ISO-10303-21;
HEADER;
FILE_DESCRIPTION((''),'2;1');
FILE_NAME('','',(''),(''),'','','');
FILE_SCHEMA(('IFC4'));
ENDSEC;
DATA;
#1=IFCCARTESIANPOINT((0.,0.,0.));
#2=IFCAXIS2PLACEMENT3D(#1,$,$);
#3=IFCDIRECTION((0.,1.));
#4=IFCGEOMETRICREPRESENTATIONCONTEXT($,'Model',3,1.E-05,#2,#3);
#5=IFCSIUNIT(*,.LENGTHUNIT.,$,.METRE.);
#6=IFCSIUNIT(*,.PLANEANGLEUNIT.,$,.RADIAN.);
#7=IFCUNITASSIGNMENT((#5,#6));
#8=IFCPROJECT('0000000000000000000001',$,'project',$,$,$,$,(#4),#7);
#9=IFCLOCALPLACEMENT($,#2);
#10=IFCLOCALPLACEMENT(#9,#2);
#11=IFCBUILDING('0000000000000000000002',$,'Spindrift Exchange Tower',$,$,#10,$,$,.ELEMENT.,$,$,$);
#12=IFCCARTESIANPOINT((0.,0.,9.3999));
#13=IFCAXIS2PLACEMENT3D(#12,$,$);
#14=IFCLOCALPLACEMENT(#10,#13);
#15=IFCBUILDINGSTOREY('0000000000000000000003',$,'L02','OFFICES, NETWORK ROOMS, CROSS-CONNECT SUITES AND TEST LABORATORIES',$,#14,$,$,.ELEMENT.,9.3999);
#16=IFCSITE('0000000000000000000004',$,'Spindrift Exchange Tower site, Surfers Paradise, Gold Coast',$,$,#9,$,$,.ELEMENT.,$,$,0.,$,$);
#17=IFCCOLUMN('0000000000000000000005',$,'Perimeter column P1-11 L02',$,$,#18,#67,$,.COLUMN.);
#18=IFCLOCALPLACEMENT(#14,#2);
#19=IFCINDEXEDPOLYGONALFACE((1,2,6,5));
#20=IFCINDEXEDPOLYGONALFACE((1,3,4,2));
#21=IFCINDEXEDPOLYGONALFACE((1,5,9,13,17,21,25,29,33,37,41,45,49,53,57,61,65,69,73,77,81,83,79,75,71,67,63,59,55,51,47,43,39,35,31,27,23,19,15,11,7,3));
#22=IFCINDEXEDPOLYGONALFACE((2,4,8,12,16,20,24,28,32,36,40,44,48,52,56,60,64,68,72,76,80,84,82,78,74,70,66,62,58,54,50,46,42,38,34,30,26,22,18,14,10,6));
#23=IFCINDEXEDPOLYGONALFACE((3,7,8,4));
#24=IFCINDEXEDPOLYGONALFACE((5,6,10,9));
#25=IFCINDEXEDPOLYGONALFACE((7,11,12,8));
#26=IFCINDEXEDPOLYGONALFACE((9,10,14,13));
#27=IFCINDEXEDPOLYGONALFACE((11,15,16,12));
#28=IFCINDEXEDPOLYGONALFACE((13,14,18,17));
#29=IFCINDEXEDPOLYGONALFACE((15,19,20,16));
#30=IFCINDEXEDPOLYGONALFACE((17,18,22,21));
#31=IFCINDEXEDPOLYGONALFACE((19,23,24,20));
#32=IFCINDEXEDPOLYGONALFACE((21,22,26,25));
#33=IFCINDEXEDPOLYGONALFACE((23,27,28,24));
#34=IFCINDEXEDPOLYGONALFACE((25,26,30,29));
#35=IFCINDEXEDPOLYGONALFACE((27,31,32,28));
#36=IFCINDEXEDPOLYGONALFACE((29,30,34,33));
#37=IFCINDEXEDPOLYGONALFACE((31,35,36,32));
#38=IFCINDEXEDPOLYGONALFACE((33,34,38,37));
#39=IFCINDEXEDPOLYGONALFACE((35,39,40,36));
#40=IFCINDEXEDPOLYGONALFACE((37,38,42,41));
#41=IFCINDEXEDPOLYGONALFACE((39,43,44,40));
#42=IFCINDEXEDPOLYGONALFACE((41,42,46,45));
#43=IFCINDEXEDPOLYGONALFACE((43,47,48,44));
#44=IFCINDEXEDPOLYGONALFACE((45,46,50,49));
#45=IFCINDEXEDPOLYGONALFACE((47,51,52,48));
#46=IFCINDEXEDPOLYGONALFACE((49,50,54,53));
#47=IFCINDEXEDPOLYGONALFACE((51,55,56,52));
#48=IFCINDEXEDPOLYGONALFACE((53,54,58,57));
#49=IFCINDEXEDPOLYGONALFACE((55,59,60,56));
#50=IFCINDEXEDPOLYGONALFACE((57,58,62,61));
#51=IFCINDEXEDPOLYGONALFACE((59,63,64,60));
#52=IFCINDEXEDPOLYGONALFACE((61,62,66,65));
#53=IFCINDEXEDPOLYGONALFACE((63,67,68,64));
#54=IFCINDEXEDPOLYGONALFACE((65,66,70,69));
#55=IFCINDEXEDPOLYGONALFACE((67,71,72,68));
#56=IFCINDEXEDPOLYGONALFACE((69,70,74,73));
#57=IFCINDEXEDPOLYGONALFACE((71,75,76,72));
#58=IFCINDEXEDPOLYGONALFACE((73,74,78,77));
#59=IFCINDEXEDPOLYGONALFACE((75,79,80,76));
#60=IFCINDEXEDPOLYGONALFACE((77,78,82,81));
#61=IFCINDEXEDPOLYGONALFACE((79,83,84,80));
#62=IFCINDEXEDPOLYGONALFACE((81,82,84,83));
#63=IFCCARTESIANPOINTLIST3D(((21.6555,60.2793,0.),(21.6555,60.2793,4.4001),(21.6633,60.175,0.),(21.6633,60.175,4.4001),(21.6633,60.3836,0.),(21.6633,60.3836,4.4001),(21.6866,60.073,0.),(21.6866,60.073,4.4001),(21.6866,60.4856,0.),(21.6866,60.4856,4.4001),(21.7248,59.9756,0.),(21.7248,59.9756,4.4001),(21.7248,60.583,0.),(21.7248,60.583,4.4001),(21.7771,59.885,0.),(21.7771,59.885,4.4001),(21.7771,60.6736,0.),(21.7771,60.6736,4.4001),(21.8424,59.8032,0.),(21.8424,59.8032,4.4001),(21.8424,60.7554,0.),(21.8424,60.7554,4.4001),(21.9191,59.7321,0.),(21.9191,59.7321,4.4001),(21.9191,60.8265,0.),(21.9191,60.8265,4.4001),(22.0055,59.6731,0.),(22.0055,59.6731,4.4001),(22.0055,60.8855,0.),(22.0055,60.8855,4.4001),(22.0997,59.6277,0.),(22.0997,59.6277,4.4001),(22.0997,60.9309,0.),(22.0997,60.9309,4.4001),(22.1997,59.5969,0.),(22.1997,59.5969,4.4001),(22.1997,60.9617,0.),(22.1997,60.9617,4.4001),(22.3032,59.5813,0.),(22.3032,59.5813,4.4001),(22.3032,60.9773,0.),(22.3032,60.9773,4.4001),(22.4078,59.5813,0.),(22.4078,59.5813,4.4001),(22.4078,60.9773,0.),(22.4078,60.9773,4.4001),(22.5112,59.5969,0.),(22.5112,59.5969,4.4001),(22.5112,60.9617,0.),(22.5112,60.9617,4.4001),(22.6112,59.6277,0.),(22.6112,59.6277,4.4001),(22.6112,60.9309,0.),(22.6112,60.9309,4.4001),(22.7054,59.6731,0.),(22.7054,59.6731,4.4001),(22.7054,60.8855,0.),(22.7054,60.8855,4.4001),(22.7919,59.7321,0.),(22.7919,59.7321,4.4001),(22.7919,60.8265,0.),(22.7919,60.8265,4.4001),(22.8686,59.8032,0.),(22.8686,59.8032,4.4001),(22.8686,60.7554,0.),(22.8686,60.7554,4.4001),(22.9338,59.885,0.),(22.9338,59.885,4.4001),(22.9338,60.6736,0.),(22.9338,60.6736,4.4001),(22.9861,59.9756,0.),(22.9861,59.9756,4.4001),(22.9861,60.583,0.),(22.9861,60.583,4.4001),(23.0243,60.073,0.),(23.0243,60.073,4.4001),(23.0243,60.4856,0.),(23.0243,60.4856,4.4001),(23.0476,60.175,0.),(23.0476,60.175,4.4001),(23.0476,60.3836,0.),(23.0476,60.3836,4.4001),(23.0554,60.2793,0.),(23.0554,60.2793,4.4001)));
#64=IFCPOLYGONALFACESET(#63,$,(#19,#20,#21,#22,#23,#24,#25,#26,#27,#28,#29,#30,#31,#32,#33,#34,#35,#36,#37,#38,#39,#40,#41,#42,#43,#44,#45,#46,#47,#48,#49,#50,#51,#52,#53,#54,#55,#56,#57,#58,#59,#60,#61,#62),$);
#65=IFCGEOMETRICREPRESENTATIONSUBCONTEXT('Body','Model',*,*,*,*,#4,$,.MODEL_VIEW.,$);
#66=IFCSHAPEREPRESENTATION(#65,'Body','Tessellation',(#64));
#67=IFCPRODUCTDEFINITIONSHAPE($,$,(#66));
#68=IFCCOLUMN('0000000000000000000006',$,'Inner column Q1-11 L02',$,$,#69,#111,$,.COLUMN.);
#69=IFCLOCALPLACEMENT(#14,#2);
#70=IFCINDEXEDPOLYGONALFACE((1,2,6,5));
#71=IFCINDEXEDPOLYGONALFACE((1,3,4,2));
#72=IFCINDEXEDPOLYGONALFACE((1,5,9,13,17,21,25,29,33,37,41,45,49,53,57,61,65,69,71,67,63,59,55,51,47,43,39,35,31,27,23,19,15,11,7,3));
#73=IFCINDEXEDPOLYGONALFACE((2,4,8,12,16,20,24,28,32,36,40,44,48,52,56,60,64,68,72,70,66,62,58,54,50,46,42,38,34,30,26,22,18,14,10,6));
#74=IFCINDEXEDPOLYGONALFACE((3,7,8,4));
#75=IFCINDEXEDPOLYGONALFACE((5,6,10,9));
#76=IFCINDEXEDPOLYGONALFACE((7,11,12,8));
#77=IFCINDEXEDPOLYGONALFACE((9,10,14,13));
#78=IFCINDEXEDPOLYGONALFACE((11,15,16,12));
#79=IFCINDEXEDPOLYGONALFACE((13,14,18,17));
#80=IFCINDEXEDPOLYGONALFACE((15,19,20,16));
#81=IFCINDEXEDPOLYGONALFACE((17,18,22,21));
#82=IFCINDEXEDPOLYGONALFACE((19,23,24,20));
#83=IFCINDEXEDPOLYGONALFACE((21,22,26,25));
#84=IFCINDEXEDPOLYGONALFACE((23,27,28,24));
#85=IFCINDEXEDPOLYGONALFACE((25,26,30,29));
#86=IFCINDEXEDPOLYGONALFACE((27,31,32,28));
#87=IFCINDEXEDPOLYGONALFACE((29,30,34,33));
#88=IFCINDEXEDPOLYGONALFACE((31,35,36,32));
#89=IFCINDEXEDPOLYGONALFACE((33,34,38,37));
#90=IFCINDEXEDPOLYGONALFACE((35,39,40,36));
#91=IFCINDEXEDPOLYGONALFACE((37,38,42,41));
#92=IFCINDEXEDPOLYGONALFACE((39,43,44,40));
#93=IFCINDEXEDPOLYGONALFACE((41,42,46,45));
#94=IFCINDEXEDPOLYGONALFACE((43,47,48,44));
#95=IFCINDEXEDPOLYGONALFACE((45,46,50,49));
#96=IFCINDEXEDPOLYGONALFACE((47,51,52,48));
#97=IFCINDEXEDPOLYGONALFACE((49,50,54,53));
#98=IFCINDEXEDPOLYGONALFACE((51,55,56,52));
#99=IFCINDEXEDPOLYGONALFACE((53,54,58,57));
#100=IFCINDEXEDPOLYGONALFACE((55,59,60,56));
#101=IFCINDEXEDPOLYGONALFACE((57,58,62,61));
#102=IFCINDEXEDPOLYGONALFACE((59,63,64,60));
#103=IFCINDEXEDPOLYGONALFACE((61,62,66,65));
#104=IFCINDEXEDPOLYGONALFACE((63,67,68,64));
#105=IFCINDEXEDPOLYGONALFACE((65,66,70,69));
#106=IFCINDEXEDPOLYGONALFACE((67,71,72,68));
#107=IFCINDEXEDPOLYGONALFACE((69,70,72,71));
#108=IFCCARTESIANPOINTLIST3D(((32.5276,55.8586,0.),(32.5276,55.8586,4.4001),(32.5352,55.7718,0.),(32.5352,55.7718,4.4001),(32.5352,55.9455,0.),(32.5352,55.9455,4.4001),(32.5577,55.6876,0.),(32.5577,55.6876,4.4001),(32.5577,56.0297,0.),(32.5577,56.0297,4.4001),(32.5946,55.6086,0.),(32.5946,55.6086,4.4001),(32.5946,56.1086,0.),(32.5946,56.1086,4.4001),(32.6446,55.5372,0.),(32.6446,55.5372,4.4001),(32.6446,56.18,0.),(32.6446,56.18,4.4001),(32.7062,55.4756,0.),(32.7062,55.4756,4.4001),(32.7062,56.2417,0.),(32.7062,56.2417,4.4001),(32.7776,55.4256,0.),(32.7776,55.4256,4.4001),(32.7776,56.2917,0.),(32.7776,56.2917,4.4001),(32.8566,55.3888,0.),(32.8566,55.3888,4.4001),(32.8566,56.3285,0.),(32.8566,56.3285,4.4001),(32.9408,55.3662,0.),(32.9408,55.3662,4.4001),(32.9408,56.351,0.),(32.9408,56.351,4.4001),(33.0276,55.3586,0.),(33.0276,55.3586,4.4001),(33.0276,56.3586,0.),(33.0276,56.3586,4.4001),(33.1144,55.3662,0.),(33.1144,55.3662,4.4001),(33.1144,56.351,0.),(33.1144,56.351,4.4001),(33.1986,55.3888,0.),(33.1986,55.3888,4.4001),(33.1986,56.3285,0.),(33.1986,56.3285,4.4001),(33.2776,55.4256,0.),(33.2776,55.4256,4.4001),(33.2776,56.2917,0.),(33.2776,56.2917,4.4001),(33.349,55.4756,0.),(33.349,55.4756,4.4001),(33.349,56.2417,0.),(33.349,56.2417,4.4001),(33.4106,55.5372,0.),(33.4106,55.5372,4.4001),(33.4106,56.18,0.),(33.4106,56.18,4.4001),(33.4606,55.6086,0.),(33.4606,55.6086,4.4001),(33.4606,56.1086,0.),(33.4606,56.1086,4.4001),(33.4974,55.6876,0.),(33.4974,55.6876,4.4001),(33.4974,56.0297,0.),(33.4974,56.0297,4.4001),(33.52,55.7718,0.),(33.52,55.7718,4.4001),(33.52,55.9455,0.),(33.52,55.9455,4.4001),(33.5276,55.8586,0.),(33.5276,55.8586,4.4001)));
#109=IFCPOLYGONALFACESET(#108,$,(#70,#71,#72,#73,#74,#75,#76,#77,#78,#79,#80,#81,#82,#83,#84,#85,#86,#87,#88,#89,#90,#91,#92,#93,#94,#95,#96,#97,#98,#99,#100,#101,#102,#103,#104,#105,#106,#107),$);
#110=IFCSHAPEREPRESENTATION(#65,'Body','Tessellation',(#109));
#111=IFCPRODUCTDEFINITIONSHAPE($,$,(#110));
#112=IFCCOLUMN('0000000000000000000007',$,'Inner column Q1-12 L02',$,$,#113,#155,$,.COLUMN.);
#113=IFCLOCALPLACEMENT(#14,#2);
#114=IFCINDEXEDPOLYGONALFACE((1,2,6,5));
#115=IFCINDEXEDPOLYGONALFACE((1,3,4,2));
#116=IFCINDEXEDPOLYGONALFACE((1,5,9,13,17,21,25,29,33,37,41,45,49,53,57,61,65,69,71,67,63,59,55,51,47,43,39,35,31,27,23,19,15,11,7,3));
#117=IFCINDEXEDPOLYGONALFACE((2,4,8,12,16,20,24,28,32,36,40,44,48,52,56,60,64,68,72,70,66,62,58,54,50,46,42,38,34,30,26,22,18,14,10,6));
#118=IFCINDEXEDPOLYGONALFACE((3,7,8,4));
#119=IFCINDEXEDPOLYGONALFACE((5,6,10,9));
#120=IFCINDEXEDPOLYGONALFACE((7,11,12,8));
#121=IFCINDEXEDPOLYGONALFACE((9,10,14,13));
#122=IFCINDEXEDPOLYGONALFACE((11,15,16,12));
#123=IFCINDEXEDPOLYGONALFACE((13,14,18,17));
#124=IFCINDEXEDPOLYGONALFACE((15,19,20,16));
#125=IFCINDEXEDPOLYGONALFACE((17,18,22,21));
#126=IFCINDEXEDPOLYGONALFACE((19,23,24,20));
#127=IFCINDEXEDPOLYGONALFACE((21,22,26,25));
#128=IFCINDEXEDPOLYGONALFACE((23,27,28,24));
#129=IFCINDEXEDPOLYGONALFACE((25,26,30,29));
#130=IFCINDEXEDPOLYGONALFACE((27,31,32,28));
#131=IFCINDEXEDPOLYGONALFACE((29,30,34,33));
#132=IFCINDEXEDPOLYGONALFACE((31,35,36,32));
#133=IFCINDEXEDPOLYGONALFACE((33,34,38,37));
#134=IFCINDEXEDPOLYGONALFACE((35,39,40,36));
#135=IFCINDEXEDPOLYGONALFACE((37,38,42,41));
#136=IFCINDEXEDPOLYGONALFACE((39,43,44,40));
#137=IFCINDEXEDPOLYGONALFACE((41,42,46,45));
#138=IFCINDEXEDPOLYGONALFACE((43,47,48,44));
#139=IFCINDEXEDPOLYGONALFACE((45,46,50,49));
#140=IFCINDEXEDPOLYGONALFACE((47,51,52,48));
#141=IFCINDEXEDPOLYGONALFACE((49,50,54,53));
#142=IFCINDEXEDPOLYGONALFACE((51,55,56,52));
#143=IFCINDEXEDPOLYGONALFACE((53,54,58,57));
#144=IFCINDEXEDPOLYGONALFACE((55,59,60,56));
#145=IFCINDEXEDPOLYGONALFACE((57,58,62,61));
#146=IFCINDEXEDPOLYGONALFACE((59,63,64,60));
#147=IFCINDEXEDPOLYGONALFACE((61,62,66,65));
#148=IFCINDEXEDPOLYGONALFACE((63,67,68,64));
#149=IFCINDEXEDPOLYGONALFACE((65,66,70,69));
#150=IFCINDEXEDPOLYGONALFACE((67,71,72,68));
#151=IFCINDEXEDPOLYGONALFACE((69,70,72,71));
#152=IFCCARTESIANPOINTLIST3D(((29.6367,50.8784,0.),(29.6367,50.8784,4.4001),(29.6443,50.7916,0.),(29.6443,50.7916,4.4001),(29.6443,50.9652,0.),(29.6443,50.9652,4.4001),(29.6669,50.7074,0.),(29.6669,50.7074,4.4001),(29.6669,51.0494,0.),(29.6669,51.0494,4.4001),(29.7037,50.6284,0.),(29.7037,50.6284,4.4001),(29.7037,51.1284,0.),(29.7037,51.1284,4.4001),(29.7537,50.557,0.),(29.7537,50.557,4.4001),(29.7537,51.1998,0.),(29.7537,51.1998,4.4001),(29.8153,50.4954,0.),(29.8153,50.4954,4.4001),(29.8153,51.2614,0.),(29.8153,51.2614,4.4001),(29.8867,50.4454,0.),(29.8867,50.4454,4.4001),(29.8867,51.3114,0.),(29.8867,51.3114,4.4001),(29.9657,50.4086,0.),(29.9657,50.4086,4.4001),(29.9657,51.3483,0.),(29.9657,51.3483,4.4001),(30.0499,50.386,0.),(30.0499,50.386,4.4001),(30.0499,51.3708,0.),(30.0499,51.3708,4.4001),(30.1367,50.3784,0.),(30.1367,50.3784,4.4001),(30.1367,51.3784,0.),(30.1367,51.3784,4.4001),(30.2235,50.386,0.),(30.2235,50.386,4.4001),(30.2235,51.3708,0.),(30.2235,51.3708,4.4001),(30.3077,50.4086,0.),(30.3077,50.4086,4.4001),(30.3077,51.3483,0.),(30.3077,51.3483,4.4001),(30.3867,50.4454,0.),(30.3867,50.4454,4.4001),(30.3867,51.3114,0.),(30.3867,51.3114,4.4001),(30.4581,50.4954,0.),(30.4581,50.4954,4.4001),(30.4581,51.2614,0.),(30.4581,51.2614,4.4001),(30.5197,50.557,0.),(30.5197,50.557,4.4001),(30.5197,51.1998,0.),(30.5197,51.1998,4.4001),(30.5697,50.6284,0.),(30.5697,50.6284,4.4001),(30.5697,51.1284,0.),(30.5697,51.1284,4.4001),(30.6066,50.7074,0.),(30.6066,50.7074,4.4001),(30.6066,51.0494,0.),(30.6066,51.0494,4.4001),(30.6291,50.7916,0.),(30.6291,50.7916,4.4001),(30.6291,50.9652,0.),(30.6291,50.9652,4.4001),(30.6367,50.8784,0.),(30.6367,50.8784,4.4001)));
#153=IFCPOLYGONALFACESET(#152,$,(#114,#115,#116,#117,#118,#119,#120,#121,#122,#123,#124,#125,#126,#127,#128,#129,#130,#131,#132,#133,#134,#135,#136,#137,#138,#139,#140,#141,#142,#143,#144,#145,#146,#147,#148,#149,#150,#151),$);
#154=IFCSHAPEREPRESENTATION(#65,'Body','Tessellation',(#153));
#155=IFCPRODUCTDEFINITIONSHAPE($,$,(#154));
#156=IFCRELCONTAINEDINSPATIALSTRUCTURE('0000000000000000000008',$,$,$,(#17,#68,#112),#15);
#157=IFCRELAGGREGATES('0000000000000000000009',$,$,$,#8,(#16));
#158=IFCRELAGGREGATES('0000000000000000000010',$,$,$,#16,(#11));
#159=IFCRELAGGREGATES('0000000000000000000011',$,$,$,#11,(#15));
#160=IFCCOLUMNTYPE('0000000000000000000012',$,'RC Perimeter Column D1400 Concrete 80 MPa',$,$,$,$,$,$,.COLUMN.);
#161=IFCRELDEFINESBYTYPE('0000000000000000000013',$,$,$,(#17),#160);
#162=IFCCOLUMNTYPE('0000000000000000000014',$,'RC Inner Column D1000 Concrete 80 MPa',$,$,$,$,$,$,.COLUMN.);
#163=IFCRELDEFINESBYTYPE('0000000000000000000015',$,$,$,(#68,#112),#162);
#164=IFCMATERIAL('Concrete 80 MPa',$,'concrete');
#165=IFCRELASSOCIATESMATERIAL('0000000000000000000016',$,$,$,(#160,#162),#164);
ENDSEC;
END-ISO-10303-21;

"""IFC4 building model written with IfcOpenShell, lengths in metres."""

from ifc_helpers import new_model, si_unit, direction, frame, origin, origin_2d, place, context, subcontext, project, spatial, circle, extrude, source, transform, mapped, material, material_profile, profile_set, type_object, element, save


model = new_model("IFC4")

# Units and contexts
model_context = context("Model", 3, precision=1e-05, world=origin(), true_north=direction((0.0, 1.0)))
body_context = subcontext(model_context, "Body", "Model", "MODEL_VIEW")
ifc_project = project(units=[si_unit("LENGTHUNIT", "METRE"), si_unit("PLANEANGLEUNIT", "RADIAN")], contexts=[model_context])

# Site, building, storey
site_placement = place(None, origin())
site = spatial("IfcSite", under=ifc_project, at=site_placement, Name="Spindrift Exchange Tower site, Surfers Paradise, Gold Coast", CompositionType="ELEMENT", RefElevation=0.0)
building_placement = place(site_placement, origin())
building = spatial("IfcBuilding", under=site, at=building_placement, Name="Spindrift Exchange Tower", CompositionType="ELEMENT")
storey_placement = place(building_placement, frame((0.0, 0.0, 9.3999)))
storey = spatial("IfcBuildingStorey", under=building, at=storey_placement, Name="L02", Description="OFFICES, NETWORK ROOMS, CROSS-CONNECT SUITES AND TEST LABORATORIES", CompositionType="ELEMENT", Elevation=9.3999)

# Columns
ifc_material_1 = material(Name="Concrete 80 MPa", Category="concrete")
ifc_material_profile_1 = material_profile(ifc_material_1, circle(Radius=0.7, at=origin_2d()), Name="RC D1400")
ifc_profile_set_1 = profile_set([ifc_material_profile_1], Name="Concrete 80 MPa")
column_type_1 = type_object("IfcColumnType", Name="RC Perimeter Column D1400 Concrete 80 MPa", PredefinedType="COLUMN", material=ifc_profile_set_1)
shared_shape_1 = source(origin(), body_context, "Body", "SweptSolid", [
    extrude(circle(Radius=0.7, at=origin_2d()), origin(), (0.0, 0.0, 1.0), 4.4001),
])
column_placement = place(storey_placement, frame((22.3555, 60.2793, 0.0), z_axis=(0.0, 0.0, 1.0), x_axis=(1.0, 0.0, 0.0)))
element("IfcColumn", 1, at=column_placement, inside=storey, type_object=column_type_1, Name="Perimeter column P1-11 L02", PredefinedType="COLUMN", context=body_context, shape_type="MappedRepresentation", body=[
    mapped(shared_shape_1, transform((0.0, 0.0, 0.0), scale=1.0)),
])
ifc_material_profile_2 = material_profile(ifc_material_1, circle(Radius=0.5, at=origin_2d()), Name="RC D1000")
ifc_profile_set_2 = profile_set([ifc_material_profile_2], Name="Concrete 80 MPa")
column_type_2 = type_object("IfcColumnType", Name="RC Inner Column D1000 Concrete 80 MPa", PredefinedType="COLUMN", material=ifc_profile_set_2)
shared_shape_2 = source(origin(), body_context, "Body", "SweptSolid", [
    extrude(circle(Radius=0.5, at=origin_2d()), origin(), (0.0, 0.0, 1.0), 4.4001),
])
for number, where, z_axis, x_axis, name in (
    (2, (33.0276, 55.8586, 0.0), (0.0, 0.0, 1.0), (1.0, 0.0, 0.0), "Inner column Q1-11 L02"),
    (3, (30.1367, 50.8784, 0.0), (0.0, 0.0, 1.0), (1.0, 0.0, 0.0), "Inner column Q1-12 L02"),
):
    element("IfcColumn", number, at=place(storey_placement, frame(where, z_axis=z_axis, x_axis=x_axis)), inside=storey, type_object=column_type_2, Name=name, PredefinedType="COLUMN", context=body_context, shape_type="MappedRepresentation", body=[
        mapped(shared_shape_2, transform((0.0, 0.0, 0.0), scale=1.0)),
    ])

save(model, "model.ifc")
